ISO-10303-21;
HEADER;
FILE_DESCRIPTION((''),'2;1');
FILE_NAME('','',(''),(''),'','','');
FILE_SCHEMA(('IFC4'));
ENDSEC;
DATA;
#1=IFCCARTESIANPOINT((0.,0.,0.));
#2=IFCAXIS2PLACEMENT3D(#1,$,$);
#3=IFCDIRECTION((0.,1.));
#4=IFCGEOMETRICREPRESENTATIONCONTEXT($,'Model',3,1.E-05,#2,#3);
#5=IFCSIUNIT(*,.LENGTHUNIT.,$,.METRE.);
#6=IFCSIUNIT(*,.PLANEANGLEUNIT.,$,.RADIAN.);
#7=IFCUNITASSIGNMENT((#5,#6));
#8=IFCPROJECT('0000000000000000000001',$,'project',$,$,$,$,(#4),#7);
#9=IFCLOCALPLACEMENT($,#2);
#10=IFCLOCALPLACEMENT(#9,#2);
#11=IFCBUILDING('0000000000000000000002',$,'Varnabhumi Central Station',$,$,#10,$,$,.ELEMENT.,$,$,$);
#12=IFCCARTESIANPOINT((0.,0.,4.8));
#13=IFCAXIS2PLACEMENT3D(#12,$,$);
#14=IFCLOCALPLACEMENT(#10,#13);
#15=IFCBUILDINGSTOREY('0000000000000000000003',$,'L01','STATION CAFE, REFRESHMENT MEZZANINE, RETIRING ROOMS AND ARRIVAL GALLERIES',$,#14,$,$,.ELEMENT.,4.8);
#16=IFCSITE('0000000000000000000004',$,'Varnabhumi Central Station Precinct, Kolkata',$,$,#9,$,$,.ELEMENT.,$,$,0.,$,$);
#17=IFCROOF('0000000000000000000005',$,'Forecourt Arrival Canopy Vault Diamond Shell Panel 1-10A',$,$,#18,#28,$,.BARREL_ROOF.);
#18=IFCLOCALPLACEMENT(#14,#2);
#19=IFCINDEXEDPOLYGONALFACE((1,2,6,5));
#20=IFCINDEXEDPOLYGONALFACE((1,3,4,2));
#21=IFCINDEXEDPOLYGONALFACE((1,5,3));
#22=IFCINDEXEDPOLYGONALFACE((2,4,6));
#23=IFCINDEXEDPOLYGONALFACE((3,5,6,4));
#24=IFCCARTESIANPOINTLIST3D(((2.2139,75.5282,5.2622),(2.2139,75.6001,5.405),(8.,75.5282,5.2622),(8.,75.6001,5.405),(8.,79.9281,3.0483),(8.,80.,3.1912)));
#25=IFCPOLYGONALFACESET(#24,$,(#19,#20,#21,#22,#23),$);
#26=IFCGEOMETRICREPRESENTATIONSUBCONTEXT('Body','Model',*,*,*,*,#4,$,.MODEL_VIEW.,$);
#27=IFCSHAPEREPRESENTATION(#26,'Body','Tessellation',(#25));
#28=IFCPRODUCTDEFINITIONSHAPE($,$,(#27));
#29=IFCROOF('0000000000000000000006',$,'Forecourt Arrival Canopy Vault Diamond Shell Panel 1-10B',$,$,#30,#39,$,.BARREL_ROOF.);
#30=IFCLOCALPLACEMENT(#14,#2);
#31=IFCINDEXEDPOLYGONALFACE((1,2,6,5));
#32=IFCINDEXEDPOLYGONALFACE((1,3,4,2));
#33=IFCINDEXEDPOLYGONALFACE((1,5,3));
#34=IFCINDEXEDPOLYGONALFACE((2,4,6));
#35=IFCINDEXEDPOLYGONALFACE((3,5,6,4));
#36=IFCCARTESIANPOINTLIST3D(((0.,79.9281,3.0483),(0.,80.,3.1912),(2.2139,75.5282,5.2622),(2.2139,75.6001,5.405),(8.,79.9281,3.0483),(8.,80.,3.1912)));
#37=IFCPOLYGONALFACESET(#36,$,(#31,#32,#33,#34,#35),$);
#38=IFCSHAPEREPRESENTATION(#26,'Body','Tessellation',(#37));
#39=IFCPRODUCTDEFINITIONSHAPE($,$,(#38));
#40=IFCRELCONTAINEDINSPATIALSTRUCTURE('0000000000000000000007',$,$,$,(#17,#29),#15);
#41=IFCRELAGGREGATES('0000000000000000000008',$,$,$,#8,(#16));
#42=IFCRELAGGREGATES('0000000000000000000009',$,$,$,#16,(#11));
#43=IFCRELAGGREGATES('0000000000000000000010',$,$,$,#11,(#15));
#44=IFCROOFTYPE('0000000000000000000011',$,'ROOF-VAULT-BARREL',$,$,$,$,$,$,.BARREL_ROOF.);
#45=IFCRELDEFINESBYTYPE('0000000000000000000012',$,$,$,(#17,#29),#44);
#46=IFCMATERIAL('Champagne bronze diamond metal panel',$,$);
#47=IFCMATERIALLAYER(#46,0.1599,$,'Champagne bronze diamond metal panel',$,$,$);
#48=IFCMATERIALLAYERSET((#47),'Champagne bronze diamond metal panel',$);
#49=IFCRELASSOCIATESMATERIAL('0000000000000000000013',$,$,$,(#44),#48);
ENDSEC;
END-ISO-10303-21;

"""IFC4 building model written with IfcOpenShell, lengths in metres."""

from ifc_helpers import new_model, si_unit, direction, frame, origin, place, context, subcontext, project, spatial, polyline, outline, extrude, material, layer, layer_set, type_object, element, save


model = new_model("IFC4")

# Units and contexts
model_context = context("Model", 3, precision=1e-05, world=origin(), true_north=direction((0.0, 1.0)))
body_context = subcontext(model_context, "Body", "Model", "MODEL_VIEW")
ifc_project = project(units=[si_unit("LENGTHUNIT", "METRE"), si_unit("PLANEANGLEUNIT", "RADIAN")], contexts=[model_context])

# Site, building, storey
site_placement = place(None, origin())
site = spatial("IfcSite", under=ifc_project, at=site_placement, Name="Varnabhumi Central Station Precinct, Kolkata", CompositionType="ELEMENT", RefElevation=0.0)
building_placement = place(site_placement, origin())
building = spatial("IfcBuilding", under=site, at=building_placement, Name="Varnabhumi Central Station", CompositionType="ELEMENT")
storey_placement = place(building_placement, frame((0.0, 0.0, 4.8)))
storey = spatial("IfcBuildingStorey", under=building, at=storey_placement, Name="L01", Description="STATION CAFE, REFRESHMENT MEZZANINE, RETIRING ROOMS AND ARRIVAL GALLERIES", CompositionType="ELEMENT", Elevation=4.8)

# Roofs
ifc_material_1 = material(Name="Champagne bronze diamond metal panel")
ifc_layer_1 = layer(ifc_material_1, 0.1599, Name="Champagne bronze diamond metal panel")
ifc_layer_set_1 = layer_set([ifc_layer_1], Name="Champagne bronze diamond metal panel")
roof_type = type_object("IfcRoofType", Name="ROOF-VAULT-BARREL", PredefinedType="BARREL_ROOF", material=ifc_layer_set_1)
roof_1_placement = place(storey_placement, frame((2.2139, 75.6001, 5.405), z_axis=(0.0, 0.449472, 0.893294), x_axis=(1.0, 0.0, 0.0)))
element("IfcRoof", 1, at=roof_1_placement, inside=storey, type_object=roof_type, Name="Forecourt Arrival Canopy Vault Diamond Shell Panel 1-10A", PredefinedType="BARREL_ROOF", context=body_context, shape_type="SweptSolid", body=[
    extrude(outline(polyline([(0.0, 0.0), (5.7861, 0.0), (5.7861, 4.9255), (0.0, 0.0)])), origin(), (0.0, 0.0, -1.0), 0.1599),
])
roof_2_placement = place(storey_placement, frame((2.2139, 75.6001, 5.405), z_axis=(0.0, 0.449472, 0.893294), x_axis=(0.761467, 0.579036, -0.29135)))
element("IfcRoof", 2, at=roof_2_placement, inside=storey, type_object=roof_type, Name="Forecourt Arrival Canopy Vault Diamond Shell Panel 1-10B", PredefinedType="BARREL_ROOF", context=body_context, shape_type="SweptSolid", body=[
    extrude(outline(polyline([(0.0, 0.0), (7.5987, 0.0), (1.5069, 5.1856), (0.0, 0.0)])), origin(), (0.0, 0.0, -1.0), 0.1599),
])

save(model, "model.ifc")
